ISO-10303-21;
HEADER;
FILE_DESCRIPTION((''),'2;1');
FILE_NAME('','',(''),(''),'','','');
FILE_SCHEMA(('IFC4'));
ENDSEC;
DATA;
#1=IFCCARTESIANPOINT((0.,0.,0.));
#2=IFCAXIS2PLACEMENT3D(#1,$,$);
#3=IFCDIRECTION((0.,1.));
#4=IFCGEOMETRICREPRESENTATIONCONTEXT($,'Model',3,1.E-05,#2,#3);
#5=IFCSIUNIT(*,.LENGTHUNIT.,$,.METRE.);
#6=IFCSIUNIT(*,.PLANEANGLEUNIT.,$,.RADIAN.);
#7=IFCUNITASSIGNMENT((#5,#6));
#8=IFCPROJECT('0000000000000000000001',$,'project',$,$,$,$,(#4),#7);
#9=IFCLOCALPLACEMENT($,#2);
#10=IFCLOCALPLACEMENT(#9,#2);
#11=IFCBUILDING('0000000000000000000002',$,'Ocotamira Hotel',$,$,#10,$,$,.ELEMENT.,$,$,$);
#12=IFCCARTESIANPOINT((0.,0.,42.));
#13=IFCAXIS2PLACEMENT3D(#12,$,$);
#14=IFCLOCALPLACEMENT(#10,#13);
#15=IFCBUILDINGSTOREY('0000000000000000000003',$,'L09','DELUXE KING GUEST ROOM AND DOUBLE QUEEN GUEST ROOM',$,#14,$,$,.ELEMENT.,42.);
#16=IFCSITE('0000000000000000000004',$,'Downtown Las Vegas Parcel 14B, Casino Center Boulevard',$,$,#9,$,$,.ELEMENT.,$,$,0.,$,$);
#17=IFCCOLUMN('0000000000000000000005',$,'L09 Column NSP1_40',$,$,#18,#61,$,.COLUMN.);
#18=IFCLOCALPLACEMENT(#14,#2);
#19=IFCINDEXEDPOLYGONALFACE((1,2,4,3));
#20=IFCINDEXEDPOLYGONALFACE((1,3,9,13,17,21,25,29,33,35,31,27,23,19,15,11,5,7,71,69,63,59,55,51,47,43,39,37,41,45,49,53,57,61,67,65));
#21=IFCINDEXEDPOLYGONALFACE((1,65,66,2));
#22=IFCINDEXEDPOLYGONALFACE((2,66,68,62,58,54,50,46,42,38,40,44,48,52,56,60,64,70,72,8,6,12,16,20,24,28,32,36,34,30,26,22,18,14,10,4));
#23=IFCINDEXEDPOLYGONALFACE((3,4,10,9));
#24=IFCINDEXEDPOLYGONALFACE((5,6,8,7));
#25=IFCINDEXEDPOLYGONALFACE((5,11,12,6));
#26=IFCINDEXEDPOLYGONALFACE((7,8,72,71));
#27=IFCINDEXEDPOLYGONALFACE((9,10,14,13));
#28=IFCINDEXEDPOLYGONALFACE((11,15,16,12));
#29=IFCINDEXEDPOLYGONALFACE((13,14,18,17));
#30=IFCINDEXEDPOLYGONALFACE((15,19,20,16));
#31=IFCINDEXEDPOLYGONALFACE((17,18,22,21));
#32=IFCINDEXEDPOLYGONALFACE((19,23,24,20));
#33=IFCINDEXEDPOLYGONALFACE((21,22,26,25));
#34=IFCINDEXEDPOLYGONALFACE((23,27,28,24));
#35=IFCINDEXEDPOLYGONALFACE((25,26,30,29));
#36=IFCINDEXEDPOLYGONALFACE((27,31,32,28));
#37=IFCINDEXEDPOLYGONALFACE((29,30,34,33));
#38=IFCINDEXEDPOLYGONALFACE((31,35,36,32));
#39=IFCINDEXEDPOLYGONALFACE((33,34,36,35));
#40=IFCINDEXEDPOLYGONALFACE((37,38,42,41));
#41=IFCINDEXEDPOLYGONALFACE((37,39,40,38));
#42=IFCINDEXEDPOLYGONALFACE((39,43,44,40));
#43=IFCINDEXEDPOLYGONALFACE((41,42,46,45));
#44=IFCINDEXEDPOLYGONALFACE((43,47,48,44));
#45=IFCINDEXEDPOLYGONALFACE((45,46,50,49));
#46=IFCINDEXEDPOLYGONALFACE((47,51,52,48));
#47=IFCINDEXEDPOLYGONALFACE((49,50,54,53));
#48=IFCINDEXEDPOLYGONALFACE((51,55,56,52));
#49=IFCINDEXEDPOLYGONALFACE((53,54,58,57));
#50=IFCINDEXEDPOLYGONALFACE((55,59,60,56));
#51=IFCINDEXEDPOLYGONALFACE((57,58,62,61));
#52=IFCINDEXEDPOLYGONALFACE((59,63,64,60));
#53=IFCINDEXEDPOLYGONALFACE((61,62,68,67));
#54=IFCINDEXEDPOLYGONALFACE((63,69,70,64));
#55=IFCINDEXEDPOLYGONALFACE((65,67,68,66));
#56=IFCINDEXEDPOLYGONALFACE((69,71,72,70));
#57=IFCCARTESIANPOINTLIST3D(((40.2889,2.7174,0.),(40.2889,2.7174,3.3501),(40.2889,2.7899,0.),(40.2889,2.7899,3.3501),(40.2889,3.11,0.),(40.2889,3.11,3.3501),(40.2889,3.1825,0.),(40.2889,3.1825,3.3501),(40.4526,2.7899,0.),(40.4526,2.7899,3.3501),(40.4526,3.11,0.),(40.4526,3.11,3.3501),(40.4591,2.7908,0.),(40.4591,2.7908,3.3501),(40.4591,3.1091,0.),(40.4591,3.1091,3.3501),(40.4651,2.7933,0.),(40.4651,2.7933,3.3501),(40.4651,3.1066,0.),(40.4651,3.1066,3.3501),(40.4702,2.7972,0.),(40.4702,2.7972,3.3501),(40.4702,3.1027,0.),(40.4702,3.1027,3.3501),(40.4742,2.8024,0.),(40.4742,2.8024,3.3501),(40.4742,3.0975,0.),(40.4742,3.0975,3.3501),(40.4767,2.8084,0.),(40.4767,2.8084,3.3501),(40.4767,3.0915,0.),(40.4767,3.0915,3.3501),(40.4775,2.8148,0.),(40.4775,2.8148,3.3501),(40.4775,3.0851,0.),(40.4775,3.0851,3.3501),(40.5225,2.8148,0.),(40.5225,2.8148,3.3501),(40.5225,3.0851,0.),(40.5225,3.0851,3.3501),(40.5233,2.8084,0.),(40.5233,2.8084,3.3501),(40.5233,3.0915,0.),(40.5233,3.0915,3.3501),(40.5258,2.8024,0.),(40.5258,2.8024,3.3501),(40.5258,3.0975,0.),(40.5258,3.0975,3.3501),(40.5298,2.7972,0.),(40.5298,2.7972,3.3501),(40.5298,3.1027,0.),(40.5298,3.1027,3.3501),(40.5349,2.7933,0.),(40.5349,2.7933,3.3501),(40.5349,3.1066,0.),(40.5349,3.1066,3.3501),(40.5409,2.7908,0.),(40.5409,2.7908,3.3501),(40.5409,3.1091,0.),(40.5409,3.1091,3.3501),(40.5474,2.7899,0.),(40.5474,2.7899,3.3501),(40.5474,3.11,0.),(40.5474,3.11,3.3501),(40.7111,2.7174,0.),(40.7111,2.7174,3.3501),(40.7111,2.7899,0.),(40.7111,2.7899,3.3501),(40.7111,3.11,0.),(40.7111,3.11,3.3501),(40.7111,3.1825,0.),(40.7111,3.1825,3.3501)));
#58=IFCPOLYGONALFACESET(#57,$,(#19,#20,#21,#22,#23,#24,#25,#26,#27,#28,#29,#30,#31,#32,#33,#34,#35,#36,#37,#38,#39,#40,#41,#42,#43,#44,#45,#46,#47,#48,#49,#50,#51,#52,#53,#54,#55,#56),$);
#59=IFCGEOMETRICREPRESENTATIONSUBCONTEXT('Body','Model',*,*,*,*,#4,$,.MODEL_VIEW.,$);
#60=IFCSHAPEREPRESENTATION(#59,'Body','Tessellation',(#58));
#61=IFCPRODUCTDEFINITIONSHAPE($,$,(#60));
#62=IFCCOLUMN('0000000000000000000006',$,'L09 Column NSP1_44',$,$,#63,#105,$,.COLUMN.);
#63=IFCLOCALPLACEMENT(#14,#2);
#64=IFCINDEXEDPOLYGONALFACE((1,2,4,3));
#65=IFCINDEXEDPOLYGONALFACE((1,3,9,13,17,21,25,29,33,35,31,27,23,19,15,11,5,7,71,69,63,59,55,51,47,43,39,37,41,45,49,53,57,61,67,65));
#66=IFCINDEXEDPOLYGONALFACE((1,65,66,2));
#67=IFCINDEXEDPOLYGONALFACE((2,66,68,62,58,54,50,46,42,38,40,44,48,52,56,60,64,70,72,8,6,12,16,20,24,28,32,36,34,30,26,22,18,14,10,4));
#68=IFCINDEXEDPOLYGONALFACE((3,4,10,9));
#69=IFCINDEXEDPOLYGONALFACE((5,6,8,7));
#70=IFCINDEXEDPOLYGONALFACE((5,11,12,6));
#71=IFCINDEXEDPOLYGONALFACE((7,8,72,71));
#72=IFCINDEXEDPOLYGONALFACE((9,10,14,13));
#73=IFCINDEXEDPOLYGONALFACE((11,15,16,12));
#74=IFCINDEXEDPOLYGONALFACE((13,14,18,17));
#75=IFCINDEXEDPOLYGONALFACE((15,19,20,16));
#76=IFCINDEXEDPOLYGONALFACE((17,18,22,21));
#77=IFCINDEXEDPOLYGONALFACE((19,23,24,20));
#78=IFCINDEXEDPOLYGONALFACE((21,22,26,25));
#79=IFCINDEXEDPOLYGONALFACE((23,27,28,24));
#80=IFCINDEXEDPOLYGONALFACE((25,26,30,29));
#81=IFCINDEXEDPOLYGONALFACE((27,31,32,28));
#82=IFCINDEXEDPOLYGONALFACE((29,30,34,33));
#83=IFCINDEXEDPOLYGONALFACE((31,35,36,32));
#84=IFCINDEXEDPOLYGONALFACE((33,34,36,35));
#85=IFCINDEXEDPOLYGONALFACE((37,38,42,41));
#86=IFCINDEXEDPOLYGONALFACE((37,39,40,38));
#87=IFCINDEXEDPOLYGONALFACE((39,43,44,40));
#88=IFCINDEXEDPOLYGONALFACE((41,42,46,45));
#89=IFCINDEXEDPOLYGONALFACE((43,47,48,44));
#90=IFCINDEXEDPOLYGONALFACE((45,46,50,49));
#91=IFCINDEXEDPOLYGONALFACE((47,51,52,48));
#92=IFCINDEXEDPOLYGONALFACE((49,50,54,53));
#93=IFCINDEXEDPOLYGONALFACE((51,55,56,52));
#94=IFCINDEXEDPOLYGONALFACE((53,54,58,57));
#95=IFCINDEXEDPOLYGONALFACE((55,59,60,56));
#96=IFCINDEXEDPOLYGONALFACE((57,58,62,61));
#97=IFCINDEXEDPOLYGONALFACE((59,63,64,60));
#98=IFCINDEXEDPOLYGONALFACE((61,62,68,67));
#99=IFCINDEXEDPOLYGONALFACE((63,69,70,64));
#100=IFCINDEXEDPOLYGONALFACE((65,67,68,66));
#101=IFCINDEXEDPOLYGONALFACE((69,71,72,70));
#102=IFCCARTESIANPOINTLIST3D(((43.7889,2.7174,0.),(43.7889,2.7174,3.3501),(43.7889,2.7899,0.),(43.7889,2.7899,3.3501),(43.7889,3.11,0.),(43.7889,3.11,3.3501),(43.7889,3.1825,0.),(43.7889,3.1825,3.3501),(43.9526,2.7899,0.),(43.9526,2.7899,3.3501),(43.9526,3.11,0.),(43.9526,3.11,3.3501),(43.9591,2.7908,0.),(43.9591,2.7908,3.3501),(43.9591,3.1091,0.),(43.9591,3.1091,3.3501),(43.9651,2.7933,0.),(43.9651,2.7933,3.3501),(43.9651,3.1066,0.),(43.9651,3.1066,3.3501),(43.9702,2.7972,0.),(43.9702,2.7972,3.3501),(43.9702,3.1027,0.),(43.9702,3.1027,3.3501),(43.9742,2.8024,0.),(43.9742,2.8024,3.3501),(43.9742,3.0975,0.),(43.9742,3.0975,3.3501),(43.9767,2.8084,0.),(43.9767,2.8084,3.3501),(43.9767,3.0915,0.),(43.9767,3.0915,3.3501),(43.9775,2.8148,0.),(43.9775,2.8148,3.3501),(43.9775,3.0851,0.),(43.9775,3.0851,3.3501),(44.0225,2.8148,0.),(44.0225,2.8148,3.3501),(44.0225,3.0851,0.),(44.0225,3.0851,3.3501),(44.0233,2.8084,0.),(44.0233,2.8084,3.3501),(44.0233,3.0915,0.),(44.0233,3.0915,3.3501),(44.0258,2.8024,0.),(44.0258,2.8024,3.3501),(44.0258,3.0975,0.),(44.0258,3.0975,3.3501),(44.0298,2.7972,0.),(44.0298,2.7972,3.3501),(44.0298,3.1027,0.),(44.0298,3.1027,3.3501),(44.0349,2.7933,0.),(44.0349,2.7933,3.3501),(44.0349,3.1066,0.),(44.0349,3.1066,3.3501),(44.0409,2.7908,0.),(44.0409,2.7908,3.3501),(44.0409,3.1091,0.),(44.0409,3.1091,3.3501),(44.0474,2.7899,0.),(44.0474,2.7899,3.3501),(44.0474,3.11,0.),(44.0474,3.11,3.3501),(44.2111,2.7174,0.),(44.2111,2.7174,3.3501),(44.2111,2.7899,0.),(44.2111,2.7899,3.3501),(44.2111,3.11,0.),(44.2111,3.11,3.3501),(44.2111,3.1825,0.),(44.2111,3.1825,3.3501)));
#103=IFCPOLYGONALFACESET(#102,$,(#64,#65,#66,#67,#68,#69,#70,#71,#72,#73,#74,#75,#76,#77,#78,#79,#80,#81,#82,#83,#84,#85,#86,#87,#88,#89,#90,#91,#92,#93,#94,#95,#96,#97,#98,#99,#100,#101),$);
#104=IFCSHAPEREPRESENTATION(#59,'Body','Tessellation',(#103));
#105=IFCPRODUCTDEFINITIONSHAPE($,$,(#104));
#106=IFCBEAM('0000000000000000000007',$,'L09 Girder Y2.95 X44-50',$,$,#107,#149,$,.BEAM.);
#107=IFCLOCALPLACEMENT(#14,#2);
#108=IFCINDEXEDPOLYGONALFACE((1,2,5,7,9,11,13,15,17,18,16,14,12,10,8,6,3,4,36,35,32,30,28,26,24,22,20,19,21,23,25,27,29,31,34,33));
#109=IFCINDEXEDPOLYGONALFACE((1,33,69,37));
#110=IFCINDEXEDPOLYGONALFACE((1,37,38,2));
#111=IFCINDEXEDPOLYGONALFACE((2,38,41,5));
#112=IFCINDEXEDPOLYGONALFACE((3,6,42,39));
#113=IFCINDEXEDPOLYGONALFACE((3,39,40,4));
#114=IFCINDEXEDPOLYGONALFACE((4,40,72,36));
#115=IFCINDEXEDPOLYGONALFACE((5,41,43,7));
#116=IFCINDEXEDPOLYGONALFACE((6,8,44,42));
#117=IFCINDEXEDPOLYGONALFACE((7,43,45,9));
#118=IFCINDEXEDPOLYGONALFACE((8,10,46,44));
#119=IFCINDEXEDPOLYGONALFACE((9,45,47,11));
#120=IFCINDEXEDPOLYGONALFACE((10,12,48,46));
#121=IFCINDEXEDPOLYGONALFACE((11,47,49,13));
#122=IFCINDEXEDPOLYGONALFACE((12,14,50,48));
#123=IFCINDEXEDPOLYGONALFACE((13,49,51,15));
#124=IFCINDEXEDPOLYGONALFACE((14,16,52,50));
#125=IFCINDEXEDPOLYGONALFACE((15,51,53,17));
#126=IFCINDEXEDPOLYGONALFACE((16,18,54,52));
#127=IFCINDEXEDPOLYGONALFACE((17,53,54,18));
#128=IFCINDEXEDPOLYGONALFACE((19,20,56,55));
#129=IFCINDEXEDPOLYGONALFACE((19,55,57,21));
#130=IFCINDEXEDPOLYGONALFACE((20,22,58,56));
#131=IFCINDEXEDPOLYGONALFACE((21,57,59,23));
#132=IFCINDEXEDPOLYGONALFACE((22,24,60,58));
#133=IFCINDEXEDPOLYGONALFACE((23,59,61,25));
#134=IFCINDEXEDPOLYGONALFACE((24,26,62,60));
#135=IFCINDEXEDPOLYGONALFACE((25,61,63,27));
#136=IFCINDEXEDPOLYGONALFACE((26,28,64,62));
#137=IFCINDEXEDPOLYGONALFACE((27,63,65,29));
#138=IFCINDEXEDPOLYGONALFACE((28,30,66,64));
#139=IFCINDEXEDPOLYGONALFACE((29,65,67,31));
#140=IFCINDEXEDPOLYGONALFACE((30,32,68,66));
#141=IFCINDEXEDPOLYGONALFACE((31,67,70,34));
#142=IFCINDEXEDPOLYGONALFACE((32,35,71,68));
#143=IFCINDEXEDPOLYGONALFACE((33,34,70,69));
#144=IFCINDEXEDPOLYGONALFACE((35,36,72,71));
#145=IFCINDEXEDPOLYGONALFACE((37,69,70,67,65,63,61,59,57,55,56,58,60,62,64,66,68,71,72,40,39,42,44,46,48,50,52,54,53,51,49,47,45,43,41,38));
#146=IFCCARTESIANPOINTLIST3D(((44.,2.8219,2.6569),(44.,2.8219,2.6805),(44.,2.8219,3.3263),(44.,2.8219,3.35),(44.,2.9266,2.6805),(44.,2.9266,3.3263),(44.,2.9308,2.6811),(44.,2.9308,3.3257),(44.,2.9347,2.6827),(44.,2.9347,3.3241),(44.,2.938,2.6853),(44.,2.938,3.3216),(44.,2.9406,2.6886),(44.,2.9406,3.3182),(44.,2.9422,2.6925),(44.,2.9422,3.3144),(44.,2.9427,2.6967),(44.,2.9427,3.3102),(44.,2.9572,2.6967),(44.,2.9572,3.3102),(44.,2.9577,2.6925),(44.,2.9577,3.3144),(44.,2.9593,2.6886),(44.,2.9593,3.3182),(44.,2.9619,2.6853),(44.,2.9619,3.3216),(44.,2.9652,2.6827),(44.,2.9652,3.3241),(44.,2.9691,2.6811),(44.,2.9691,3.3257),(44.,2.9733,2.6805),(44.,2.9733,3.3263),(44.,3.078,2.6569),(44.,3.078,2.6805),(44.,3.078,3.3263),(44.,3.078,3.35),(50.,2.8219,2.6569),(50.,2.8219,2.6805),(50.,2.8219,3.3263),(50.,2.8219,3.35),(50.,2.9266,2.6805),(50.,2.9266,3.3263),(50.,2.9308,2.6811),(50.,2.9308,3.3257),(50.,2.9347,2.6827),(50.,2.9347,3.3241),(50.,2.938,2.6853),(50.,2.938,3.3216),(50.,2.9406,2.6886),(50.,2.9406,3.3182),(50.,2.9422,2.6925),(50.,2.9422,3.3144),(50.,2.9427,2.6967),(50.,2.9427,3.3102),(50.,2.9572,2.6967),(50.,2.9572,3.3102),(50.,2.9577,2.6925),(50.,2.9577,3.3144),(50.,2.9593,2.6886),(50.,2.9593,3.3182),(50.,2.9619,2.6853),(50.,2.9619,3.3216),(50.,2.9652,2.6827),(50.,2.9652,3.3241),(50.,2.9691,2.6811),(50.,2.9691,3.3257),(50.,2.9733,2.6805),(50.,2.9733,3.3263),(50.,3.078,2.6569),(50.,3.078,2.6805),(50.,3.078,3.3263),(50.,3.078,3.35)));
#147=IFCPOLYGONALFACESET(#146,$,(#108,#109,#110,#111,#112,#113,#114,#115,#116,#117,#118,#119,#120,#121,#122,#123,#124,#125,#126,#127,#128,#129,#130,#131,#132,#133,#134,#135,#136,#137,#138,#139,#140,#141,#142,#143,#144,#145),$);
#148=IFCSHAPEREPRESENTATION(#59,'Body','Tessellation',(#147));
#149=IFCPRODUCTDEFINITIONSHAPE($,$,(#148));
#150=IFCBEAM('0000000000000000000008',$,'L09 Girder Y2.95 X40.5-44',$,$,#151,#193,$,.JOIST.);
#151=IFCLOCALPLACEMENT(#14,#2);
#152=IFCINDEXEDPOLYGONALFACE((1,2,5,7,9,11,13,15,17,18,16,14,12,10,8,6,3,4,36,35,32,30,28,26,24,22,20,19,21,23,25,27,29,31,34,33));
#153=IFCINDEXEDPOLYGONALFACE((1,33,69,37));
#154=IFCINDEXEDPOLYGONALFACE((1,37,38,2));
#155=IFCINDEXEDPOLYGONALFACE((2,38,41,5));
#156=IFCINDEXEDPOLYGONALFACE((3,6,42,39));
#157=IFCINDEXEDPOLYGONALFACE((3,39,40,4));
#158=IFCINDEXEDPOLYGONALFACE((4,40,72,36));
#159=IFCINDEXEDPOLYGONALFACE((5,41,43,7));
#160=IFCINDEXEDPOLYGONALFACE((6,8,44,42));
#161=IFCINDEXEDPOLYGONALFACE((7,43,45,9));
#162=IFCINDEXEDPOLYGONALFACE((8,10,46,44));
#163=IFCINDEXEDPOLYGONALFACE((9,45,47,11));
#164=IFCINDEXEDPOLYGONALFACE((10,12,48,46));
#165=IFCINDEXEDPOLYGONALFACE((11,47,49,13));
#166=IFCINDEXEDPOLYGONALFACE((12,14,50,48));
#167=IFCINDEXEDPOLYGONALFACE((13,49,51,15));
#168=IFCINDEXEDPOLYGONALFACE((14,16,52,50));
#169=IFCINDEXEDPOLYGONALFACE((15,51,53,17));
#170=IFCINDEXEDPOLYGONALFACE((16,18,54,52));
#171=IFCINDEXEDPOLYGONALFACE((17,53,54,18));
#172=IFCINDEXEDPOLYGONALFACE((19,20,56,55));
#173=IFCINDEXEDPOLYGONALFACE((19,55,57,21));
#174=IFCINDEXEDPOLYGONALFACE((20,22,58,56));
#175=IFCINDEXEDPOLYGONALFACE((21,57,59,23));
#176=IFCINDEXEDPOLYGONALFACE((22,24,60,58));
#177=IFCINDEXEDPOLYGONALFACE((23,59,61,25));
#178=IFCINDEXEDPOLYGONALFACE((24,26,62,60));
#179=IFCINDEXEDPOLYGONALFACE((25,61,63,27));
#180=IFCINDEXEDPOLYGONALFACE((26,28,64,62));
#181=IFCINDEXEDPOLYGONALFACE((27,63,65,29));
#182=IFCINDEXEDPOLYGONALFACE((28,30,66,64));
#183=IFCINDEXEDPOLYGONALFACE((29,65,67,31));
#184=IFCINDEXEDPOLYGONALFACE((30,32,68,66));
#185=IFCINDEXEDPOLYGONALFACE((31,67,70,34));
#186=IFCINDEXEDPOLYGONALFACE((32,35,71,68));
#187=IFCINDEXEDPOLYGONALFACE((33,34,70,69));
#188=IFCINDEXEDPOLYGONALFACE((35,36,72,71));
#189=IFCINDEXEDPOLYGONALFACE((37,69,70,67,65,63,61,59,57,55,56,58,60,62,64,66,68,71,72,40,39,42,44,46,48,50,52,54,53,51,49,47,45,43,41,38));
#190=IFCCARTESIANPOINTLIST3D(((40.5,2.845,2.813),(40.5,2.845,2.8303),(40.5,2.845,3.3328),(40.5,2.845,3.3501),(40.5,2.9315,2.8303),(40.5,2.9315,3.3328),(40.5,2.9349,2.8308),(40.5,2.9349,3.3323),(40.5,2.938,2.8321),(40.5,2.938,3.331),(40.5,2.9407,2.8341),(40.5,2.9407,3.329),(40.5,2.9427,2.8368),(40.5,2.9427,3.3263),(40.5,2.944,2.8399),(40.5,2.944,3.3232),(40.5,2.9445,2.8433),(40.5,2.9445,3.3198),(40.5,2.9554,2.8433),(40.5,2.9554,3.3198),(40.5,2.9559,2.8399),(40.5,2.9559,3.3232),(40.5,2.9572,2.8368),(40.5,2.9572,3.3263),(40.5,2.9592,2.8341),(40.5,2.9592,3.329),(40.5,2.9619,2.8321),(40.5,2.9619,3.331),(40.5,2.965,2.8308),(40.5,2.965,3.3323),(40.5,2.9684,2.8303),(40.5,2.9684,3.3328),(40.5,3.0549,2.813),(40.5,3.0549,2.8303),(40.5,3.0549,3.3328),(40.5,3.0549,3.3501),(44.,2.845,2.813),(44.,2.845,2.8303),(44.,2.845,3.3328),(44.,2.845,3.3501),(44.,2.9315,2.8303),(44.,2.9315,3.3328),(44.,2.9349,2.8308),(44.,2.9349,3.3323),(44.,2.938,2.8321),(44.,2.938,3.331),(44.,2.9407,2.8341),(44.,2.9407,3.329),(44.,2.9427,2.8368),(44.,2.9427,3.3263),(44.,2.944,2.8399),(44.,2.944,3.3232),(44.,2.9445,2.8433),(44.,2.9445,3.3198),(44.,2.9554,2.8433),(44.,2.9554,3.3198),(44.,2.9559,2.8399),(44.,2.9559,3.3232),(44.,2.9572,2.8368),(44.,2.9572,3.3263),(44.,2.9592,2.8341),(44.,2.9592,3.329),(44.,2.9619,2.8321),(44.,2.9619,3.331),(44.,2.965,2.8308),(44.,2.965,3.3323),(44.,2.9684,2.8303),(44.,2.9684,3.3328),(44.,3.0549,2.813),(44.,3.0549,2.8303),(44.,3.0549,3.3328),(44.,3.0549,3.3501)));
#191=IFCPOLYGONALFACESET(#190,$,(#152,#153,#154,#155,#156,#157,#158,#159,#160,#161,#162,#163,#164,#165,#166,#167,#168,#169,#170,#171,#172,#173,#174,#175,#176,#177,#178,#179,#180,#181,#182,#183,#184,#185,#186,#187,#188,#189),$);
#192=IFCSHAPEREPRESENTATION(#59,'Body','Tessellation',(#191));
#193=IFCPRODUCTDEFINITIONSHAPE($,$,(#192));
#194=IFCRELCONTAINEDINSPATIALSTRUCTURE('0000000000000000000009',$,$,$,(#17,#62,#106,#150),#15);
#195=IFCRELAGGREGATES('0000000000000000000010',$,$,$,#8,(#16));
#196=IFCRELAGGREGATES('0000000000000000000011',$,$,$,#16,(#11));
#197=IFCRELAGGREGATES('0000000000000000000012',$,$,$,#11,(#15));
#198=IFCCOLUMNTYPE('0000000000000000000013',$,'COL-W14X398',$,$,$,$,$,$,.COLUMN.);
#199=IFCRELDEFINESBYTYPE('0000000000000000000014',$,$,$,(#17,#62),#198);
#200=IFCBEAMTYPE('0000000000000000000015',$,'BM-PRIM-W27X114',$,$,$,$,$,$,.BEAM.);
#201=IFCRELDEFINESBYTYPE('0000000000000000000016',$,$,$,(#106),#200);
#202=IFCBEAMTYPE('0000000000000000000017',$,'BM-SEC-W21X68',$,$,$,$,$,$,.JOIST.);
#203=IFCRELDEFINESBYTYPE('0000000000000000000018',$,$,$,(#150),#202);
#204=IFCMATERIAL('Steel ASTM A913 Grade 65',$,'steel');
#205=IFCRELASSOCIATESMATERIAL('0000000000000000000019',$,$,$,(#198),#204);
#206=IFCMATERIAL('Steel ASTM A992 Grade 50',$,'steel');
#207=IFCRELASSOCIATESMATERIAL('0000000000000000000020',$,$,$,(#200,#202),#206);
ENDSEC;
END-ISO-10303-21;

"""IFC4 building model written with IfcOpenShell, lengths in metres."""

from ifc_helpers import new_model, si_unit, direction, frame, origin, origin_2d, place, context, subcontext, project, spatial, i_section, extrude, source, transform, mapped, material, material_profile, profile_set, type_object, element, save


model = new_model("IFC4")

# Units and contexts
model_context = context("Model", 3, precision=1e-05, world=origin(), true_north=direction((0.0, 1.0)))
body_context = subcontext(model_context, "Body", "Model", "MODEL_VIEW")
ifc_project = project(units=[si_unit("LENGTHUNIT", "METRE"), si_unit("PLANEANGLEUNIT", "RADIAN")], contexts=[model_context])

# Site, building, storey
site_placement = place(None, origin())
site = spatial("IfcSite", under=ifc_project, at=site_placement, Name="Downtown Las Vegas Parcel 14B, Casino Center Boulevard", CompositionType="ELEMENT", RefElevation=0.0)
building_placement = place(site_placement, origin())
building = spatial("IfcBuilding", under=site, at=building_placement, Name="Ocotamira Hotel", CompositionType="ELEMENT")
storey_placement = place(building_placement, frame((0.0, 0.0, 42.0)))
storey = spatial("IfcBuildingStorey", under=building, at=storey_placement, Name="L09", Description="DELUXE KING GUEST ROOM AND DOUBLE QUEEN GUEST ROOM", CompositionType="ELEMENT", Elevation=42.0)

# Columns
ifc_material_1 = material(Name="Steel ASTM A913 Grade 65", Category="steel")
ifc_material_profile_1 = material_profile(ifc_material_1, i_section(OverallWidth=0.4221, OverallDepth=0.4651, WebThickness=0.0449, FlangeThickness=0.0725, FilletRadius=0.0249, at=origin_2d()), Name="W14X398")
ifc_profile_set_1 = profile_set([ifc_material_profile_1], Name="Steel ASTM A913 Grade 65")
column_type = type_object("IfcColumnType", Name="COL-W14X398", PredefinedType="COLUMN", material=ifc_profile_set_1)
shared_shape_1 = source(origin(), body_context, "Body", "SweptSolid", [
    extrude(i_section(OverallWidth=0.4221, OverallDepth=0.4651, WebThickness=0.0449, FlangeThickness=0.0725, FilletRadius=0.0249, at=origin_2d()), origin(), (0.0, 0.0, 1.0), 3.3501),
])
for number, where, z_axis, x_axis, name in (
    (1, (40.5, 2.95, 0.0), (0.0, 0.0, 1.0), (1.0, 0.0, 0.0), "L09 Column NSP1_40"),
    (2, (44.0, 2.95, 0.0), (0.0, 0.0, 1.0), (1.0, 0.0, 0.0), "L09 Column NSP1_44"),
):
    element("IfcColumn", number, at=place(storey_placement, frame(where, z_axis=z_axis, x_axis=x_axis)), inside=storey, type_object=column_type, Name=name, PredefinedType="COLUMN", context=body_context, shape_type="MappedRepresentation", body=[
        mapped(shared_shape_1, transform((0.0, 0.0, 0.0), scale=1.0)),
    ])

# Beams
ifc_material_2 = material(Name="Steel ASTM A992 Grade 50", Category="steel")
ifc_material_profile_2 = material_profile(ifc_material_2, i_section(OverallWidth=0.2561, OverallDepth=0.6931, WebThickness=0.0144, FlangeThickness=0.0237, FilletRadius=0.0161, at=origin_2d()), Name="W27X114")
ifc_profile_set_2 = profile_set([ifc_material_profile_2], Name="Steel ASTM A992 Grade 50")
beam_type_1 = type_object("IfcBeamType", Name="BM-PRIM-W27X114", PredefinedType="BEAM", material=ifc_profile_set_2)
shared_shape_2 = source(origin(), body_context, "Body", "SweptSolid", [
    extrude(i_section(OverallWidth=0.2561, OverallDepth=0.6931, WebThickness=0.0144, FlangeThickness=0.0237, FilletRadius=0.0161, at=origin_2d()), origin(), (0.0, 0.0, 1.0), 6.0),
])
beam_1_placement = place(storey_placement, frame((44.0, 2.95, 3.0034), z_axis=(1.0, 0.0, 0.0), x_axis=(0.0, 1.0, 0.0)))
element("IfcBeam", 3, at=beam_1_placement, inside=storey, type_object=beam_type_1, Name="L09 Girder Y2.95 X44-50", PredefinedType="BEAM", context=body_context, shape_type="MappedRepresentation", body=[
    mapped(shared_shape_2, transform((0.0, 0.0, 0.0), scale=1.0)),
])
ifc_material_profile_3 = material_profile(ifc_material_2, i_section(OverallWidth=0.21, OverallDepth=0.5371, WebThickness=0.011, FlangeThickness=0.0173, FilletRadius=0.0129, at=origin_2d()), Name="W21X68")
ifc_profile_set_3 = profile_set([ifc_material_profile_3], Name="Steel ASTM A992 Grade 50")
beam_type_2 = type_object("IfcBeamType", Name="BM-SEC-W21X68", PredefinedType="JOIST", material=ifc_profile_set_3)
shared_shape_3 = source(origin(), body_context, "Body", "SweptSolid", [
    extrude(i_section(OverallWidth=0.21, OverallDepth=0.5371, WebThickness=0.011, FlangeThickness=0.0173, FilletRadius=0.0129, at=origin_2d()), origin(), (0.0, 0.0, 1.0), 3.5),
])
beam_2_placement = place(storey_placement, frame((40.5, 2.95, 3.0815), z_axis=(1.0, 0.0, 0.0), x_axis=(0.0, 1.0, 0.0)))
element("IfcBeam", 4, at=beam_2_placement, inside=storey, type_object=beam_type_2, Name="L09 Girder Y2.95 X40.5-44", PredefinedType="JOIST", context=body_context, shape_type="MappedRepresentation", body=[
    mapped(shared_shape_3, transform((0.0, 0.0, 0.0), scale=1.0)),
])

save(model, "model.ifc")
